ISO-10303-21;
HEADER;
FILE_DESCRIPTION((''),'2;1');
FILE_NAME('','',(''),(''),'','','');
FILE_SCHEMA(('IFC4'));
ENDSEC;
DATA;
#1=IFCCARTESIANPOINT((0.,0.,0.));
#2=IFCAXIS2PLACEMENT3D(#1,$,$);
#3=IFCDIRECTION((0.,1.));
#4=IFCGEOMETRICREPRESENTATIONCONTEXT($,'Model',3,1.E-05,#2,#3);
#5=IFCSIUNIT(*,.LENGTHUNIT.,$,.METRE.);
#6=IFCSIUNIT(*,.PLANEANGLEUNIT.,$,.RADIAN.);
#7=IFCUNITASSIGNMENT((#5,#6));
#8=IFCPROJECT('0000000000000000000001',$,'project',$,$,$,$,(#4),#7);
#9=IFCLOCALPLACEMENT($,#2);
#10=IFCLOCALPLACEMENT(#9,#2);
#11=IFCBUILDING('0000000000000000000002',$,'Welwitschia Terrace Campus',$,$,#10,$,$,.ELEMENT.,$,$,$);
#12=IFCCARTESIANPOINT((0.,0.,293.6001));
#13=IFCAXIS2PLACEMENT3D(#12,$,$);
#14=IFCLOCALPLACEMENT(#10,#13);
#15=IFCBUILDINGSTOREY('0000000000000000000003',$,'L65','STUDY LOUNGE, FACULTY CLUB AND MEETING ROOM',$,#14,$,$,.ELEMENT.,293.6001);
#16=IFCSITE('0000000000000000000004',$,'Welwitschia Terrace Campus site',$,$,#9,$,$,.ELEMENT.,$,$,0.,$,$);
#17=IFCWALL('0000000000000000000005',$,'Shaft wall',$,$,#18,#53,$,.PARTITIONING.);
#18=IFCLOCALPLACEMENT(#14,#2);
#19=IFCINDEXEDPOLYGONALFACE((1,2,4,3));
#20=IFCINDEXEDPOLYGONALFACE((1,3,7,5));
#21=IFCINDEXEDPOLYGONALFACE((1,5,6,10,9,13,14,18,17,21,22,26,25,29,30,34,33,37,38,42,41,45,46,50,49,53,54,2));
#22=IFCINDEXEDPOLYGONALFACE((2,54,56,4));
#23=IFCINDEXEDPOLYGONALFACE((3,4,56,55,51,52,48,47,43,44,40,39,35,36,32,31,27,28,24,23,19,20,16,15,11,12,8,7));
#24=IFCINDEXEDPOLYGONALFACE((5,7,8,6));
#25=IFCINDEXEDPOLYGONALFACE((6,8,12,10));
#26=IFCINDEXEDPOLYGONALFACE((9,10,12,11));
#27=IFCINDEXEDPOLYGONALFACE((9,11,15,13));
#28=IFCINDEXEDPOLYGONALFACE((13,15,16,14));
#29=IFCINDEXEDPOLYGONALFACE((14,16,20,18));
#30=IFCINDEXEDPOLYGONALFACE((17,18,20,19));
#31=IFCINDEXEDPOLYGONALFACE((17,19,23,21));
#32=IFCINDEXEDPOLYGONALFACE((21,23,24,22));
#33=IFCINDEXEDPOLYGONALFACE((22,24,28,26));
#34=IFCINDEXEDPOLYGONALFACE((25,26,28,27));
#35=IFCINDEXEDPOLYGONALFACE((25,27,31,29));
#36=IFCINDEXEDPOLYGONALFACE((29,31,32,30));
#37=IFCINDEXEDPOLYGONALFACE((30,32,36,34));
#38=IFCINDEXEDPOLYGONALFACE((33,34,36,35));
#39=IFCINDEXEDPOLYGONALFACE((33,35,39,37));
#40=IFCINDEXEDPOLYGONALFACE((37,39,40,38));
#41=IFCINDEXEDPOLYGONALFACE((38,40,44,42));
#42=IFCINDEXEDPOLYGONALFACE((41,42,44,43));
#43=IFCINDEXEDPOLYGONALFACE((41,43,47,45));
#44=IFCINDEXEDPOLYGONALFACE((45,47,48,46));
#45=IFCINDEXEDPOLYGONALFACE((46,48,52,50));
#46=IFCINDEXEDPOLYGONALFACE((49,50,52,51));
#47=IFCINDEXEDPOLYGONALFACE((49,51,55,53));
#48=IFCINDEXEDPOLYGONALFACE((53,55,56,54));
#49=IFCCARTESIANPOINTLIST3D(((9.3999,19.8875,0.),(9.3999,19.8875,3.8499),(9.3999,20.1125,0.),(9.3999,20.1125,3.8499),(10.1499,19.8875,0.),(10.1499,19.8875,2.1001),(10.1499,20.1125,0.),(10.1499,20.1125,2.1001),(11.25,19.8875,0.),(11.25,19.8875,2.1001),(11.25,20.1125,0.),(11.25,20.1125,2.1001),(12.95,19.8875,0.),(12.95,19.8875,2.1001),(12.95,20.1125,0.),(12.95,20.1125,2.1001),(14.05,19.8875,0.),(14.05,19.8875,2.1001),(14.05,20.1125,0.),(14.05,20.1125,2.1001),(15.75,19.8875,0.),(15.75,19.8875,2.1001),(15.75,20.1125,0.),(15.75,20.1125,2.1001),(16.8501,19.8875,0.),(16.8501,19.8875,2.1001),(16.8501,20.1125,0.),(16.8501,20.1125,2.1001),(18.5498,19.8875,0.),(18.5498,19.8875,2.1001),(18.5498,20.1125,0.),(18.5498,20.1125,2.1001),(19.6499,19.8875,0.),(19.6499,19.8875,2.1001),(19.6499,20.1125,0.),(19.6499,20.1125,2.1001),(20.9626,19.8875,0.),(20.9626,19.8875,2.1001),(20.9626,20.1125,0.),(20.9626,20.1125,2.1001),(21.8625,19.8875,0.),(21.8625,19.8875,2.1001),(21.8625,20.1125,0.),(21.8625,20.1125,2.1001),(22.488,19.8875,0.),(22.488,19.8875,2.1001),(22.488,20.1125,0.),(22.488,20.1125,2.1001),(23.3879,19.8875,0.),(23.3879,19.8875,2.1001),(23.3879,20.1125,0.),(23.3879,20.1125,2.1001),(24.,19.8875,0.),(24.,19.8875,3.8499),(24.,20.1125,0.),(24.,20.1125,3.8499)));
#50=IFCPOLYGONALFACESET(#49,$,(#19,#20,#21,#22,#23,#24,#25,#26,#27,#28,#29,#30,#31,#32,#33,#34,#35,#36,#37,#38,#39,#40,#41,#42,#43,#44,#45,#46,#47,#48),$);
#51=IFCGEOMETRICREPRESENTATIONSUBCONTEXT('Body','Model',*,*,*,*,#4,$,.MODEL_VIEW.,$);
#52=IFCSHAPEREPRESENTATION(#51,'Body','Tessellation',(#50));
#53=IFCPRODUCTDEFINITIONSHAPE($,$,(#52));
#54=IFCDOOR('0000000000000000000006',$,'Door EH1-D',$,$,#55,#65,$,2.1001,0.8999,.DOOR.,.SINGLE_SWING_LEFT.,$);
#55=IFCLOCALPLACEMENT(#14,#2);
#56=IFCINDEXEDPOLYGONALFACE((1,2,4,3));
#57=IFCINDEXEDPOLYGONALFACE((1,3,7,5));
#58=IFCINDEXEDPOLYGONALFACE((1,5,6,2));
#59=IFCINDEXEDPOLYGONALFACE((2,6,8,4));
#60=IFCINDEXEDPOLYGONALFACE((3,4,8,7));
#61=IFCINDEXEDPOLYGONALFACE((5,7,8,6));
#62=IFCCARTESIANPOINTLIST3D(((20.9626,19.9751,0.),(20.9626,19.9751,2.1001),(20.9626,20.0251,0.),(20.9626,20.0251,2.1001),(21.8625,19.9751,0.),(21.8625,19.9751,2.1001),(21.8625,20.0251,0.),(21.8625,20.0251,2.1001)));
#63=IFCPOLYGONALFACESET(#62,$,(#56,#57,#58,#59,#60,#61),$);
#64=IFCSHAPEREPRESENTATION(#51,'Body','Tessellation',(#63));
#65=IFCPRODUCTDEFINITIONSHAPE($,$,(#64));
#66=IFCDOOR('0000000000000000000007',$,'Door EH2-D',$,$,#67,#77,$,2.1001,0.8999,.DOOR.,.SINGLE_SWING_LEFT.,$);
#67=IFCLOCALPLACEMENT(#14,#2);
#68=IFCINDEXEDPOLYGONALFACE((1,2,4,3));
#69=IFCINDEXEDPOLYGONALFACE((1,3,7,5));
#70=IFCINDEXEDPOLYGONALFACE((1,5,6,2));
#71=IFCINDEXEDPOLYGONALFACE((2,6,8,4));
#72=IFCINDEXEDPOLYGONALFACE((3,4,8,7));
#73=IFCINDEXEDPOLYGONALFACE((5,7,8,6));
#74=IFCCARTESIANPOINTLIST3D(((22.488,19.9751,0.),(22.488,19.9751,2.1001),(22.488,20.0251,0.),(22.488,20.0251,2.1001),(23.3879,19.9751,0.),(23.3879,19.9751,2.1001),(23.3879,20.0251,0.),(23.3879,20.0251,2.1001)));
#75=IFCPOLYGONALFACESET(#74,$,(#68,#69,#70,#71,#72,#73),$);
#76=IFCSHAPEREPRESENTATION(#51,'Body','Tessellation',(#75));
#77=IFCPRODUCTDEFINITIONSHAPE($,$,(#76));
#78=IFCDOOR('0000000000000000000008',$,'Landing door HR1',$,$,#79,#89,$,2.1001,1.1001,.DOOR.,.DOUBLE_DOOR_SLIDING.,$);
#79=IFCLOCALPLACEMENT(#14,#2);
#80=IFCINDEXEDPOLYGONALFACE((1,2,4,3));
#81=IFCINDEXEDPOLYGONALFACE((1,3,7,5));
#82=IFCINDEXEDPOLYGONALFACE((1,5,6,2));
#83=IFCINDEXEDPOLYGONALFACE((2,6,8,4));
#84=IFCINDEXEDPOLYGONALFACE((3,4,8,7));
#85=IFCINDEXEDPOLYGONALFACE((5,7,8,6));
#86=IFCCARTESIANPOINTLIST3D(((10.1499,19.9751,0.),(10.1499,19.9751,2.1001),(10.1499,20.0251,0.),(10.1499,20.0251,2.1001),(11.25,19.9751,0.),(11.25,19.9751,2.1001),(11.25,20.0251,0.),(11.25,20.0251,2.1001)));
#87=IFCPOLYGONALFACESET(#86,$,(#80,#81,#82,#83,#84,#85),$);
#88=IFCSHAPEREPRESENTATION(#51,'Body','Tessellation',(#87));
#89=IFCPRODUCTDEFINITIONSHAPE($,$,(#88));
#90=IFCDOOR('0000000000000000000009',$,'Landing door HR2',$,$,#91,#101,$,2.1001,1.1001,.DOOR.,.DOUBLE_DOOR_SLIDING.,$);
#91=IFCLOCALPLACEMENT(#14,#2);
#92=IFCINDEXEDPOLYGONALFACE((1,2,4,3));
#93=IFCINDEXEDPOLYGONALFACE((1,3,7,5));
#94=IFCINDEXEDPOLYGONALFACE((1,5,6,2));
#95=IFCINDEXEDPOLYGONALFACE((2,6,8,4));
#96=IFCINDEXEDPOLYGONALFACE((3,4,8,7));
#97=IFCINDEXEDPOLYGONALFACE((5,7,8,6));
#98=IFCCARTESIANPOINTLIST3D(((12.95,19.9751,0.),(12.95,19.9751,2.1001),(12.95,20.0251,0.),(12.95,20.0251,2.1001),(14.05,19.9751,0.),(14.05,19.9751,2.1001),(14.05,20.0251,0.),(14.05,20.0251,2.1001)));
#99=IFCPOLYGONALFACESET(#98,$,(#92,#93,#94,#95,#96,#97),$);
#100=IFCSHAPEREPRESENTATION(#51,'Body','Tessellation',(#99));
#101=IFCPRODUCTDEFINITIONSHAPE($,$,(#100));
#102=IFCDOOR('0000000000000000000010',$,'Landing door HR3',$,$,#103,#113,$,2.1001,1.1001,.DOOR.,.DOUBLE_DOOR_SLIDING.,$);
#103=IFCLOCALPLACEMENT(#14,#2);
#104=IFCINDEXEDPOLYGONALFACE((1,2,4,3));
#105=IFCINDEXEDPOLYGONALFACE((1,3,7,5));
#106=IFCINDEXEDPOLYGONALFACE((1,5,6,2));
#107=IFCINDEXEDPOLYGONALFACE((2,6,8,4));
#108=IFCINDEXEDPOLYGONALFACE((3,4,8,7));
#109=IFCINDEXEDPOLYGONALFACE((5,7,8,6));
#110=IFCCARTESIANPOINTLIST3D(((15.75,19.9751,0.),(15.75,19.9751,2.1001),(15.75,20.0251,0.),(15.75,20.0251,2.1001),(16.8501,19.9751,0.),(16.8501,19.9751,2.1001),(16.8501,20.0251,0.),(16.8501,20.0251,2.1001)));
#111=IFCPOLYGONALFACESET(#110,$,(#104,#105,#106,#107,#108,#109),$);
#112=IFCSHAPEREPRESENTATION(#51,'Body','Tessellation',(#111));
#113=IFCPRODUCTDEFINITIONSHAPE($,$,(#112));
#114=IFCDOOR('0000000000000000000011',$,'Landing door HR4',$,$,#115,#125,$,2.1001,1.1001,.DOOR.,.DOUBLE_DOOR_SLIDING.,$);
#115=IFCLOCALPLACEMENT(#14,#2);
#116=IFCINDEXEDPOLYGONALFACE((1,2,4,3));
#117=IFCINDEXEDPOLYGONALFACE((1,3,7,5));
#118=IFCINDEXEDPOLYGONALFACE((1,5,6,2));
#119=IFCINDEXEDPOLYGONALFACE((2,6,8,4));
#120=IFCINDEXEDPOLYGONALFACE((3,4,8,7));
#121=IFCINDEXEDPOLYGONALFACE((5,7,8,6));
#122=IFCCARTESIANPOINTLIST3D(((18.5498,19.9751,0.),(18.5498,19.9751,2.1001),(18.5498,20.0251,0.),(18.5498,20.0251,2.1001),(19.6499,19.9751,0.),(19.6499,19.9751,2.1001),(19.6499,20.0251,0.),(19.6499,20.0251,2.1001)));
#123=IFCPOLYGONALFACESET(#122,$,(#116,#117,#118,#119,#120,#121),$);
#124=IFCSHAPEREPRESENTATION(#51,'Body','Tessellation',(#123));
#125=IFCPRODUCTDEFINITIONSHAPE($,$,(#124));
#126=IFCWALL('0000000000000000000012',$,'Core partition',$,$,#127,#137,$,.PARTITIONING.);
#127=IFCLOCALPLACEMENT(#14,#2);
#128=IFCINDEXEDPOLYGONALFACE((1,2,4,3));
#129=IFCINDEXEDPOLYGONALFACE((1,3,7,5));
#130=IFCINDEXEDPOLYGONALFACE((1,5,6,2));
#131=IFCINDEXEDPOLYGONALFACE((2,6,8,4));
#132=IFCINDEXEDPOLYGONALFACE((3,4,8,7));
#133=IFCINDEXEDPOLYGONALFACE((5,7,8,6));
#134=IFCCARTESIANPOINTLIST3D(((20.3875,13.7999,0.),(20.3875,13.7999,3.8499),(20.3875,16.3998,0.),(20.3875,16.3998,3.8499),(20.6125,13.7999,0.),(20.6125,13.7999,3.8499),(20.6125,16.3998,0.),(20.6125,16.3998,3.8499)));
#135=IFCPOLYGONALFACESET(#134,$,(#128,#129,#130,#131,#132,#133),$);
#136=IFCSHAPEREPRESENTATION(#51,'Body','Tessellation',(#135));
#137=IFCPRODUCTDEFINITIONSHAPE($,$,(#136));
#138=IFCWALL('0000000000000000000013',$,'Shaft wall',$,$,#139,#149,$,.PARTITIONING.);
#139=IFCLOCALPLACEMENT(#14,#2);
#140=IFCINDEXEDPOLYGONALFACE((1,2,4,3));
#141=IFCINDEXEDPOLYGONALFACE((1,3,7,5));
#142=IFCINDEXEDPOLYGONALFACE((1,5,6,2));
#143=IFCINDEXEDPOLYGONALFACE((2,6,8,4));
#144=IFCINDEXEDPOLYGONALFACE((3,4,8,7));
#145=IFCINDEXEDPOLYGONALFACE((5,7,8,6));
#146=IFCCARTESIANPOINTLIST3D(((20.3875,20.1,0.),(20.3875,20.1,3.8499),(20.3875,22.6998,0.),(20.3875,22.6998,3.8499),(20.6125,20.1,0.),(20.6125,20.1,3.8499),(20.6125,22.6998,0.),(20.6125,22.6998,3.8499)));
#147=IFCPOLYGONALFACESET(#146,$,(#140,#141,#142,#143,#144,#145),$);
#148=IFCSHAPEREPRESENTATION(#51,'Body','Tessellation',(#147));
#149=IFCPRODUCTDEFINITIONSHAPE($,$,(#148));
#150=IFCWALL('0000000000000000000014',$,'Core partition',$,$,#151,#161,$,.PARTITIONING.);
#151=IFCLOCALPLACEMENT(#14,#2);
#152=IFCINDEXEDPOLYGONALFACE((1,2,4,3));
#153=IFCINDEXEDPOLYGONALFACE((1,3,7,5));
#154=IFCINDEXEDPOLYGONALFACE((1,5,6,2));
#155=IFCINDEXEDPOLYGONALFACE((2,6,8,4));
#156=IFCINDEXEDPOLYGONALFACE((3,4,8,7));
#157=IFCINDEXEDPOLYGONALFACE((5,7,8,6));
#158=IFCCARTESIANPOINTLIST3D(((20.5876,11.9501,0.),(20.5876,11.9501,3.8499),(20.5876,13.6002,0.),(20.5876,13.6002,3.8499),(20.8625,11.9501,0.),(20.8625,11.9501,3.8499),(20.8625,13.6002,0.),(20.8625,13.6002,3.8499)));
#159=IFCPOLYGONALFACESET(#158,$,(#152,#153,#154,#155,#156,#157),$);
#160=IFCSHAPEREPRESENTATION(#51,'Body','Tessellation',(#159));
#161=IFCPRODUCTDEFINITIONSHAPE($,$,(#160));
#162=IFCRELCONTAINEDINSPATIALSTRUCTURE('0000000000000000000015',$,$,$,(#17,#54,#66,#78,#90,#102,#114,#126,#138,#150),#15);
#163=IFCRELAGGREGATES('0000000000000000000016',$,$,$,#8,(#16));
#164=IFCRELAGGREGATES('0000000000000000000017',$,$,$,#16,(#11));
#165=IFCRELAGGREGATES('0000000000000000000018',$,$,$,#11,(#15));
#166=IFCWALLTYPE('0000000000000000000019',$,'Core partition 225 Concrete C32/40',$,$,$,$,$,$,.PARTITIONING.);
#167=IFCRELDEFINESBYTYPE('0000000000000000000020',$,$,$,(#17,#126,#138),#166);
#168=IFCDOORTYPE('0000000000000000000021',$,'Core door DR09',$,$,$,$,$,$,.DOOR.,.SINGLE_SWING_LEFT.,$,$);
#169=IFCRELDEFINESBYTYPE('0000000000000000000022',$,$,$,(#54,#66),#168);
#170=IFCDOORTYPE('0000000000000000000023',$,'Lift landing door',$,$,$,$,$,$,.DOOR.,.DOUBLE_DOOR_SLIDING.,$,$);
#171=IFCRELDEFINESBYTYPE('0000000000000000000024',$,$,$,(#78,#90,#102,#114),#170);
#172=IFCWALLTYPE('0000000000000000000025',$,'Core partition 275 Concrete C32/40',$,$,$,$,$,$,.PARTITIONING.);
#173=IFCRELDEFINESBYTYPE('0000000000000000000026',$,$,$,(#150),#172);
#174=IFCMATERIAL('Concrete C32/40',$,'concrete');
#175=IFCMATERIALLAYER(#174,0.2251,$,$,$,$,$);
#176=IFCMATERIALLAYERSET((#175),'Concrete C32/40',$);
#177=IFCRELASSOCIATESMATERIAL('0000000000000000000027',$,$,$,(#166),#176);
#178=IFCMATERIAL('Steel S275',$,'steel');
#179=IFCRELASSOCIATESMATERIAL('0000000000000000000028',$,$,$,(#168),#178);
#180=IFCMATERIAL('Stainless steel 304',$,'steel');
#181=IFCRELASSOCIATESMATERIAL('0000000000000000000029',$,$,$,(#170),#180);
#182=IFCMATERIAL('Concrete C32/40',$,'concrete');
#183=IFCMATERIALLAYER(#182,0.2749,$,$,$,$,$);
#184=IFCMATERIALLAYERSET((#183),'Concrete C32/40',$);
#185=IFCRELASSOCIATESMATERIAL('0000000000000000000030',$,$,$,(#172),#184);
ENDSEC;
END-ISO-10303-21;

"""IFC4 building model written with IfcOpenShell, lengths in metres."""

from ifc_helpers import new_model, si_unit, direction, frame, frame_2d, origin, place, context, subcontext, project, spatial, rectangle, extrude, material, layer, layer_set, type_object, element, fill, save


model = new_model("IFC4")

# Units and contexts
model_context = context("Model", 3, precision=1e-05, world=origin(), true_north=direction((0.0, 1.0)))
body_context = subcontext(model_context, "Body", "Model", "MODEL_VIEW")
ifc_project = project(units=[si_unit("LENGTHUNIT", "METRE"), si_unit("PLANEANGLEUNIT", "RADIAN")], contexts=[model_context])

# Site, building, storey
site_placement = place(None, origin())
site = spatial("IfcSite", under=ifc_project, at=site_placement, Name="Welwitschia Terrace Campus site", CompositionType="ELEMENT", RefElevation=0.0)
building_placement = place(site_placement, origin())
building = spatial("IfcBuilding", under=site, at=building_placement, Name="Welwitschia Terrace Campus", CompositionType="ELEMENT")
storey_placement = place(building_placement, frame((0.0, 0.0, 293.6001)))
storey = spatial("IfcBuildingStorey", under=building, at=storey_placement, Name="L65", Description="STUDY LOUNGE, FACULTY CLUB AND MEETING ROOM", CompositionType="ELEMENT", Elevation=293.6001)

# Shared definitions
ifc_material_1 = material(Name="Concrete C32/40", Category="concrete")
ifc_layer_1 = layer(ifc_material_1, 0.2251)
ifc_layer_set_1 = layer_set([ifc_layer_1], Name="Concrete C32/40")
wall_type_1 = type_object("IfcWallType", Name="Core partition 225 Concrete C32/40", PredefinedType="PARTITIONING", material=ifc_layer_set_1)

# Wall, openings, doors
wall_1_placement = place(storey_placement, frame((24.0, 20.0, 0.0), z_axis=(0.0, 0.0, 1.0), x_axis=(-1.0, 0.0, 0.0)))
wall_1 = element("IfcWall", 1, at=wall_1_placement, inside=storey, type_object=wall_type_1, Name="Shaft wall", PredefinedType="PARTITIONING", context=body_context, shape_type="SweptSolid", body=[
    extrude(rectangle(XDim=14.6001, YDim=0.2251, at=frame_2d((7.3, 0.0))), origin(), (0.0, 0.0, 1.0), 3.8499),
])
opening_1_placement = place(wall_1_placement, frame((12.75, 0.0, 0.0)))
opening_1 = element("IfcOpeningElement", 2, at=opening_1_placement, cuts=wall_1, PredefinedType="OPENING", context=body_context, shape_type="SweptSolid", body=[
    extrude(rectangle(XDim=1.1001, YDim=2.1001, at=frame_2d((0.55, 1.05))), frame((0.0, 0.1226, 0.0), z_axis=(0.0, -1.0, 0.0), x_axis=(1.0, 0.0, 0.0)), (0.0, 0.0, 1.0), 0.2451),
])
opening_2_placement = place(wall_1_placement, frame((9.95, 0.0, 0.0)))
opening_2 = element("IfcOpeningElement", 3, at=opening_2_placement, cuts=wall_1, PredefinedType="OPENING", context=body_context, shape_type="SweptSolid", body=[
    extrude(rectangle(XDim=1.1001, YDim=2.1001, at=frame_2d((0.55, 1.05))), frame((0.0, 0.1226, 0.0), z_axis=(0.0, -1.0, 0.0), x_axis=(1.0, 0.0, 0.0)), (0.0, 0.0, 1.0), 0.2451),
])
opening_3_placement = place(wall_1_placement, frame((7.1499, 0.0, 0.0)))
opening_3 = element("IfcOpeningElement", 4, at=opening_3_placement, cuts=wall_1, PredefinedType="OPENING", context=body_context, shape_type="SweptSolid", body=[
    extrude(rectangle(XDim=1.1001, YDim=2.1001, at=frame_2d((0.55, 1.05))), frame((0.0, 0.1226, 0.0), z_axis=(0.0, -1.0, 0.0), x_axis=(1.0, 0.0, 0.0)), (0.0, 0.0, 1.0), 0.2451),
])
opening_4_placement = place(wall_1_placement, frame((4.3501, 0.0, 0.0)))
opening_4 = element("IfcOpeningElement", 5, at=opening_4_placement, cuts=wall_1, PredefinedType="OPENING", context=body_context, shape_type="SweptSolid", body=[
    extrude(rectangle(XDim=1.1001, YDim=2.1001, at=frame_2d((0.55, 1.05))), frame((0.0, 0.1226, 0.0), z_axis=(0.0, -1.0, 0.0), x_axis=(1.0, 0.0, 0.0)), (0.0, 0.0, 1.0), 0.2451),
])
opening_5_placement = place(wall_1_placement, frame((2.1375, 0.0, 0.0)))
opening_5 = element("IfcOpeningElement", 6, at=opening_5_placement, cuts=wall_1, PredefinedType="OPENING", context=body_context, shape_type="SweptSolid", body=[
    extrude(rectangle(XDim=0.8999, YDim=2.1001, at=frame_2d((0.45, 1.05))), frame((0.0, 0.1226, 0.0), z_axis=(0.0, -1.0, 0.0), x_axis=(1.0, 0.0, 0.0)), (0.0, 0.0, 1.0), 0.2451),
])
opening_6_placement = place(wall_1_placement, frame((0.6121, 0.0, 0.0)))
opening_6 = element("IfcOpeningElement", 7, at=opening_6_placement, cuts=wall_1, PredefinedType="OPENING", context=body_context, shape_type="SweptSolid", body=[
    extrude(rectangle(XDim=0.8999, YDim=2.1001, at=frame_2d((0.45, 1.05))), frame((0.0, 0.1226, 0.0), z_axis=(0.0, -1.0, 0.0), x_axis=(1.0, 0.0, 0.0)), (0.0, 0.0, 1.0), 0.2451),
])
ifc_material_2 = material(Name="Steel S275", Category="steel")
door_type_1 = type_object("IfcDoorType", Name="Core door DR09", OperationType="SINGLE_SWING_LEFT", PredefinedType="DOOR", material=ifc_material_2)
door_1_placement = place(opening_5_placement, origin())
door_1 = element("IfcDoor", 8, at=door_1_placement, inside=storey, type_object=door_type_1, Name="Door EH1-D", OperationType="SINGLE_SWING_LEFT", OverallHeight=2.1001, OverallWidth=0.8999, PredefinedType="DOOR", context=body_context, shape_type="SweptSolid", body=[
    extrude(rectangle(XDim=0.8999, YDim=2.1001, at=frame_2d((0.45, 1.05))), frame((0.0, 0.0249, 0.0), z_axis=(0.0, -1.0, 0.0), x_axis=(1.0, 0.0, 0.0)), (0.0, 0.0, 1.0), 0.05),
])
fill(opening_5, door_1)
door_2_placement = place(opening_6_placement, origin())
door_2 = element("IfcDoor", 9, at=door_2_placement, inside=storey, type_object=door_type_1, Name="Door EH2-D", OperationType="SINGLE_SWING_LEFT", OverallHeight=2.1001, OverallWidth=0.8999, PredefinedType="DOOR", context=body_context, shape_type="SweptSolid", body=[
    extrude(rectangle(XDim=0.8999, YDim=2.1001, at=frame_2d((0.45, 1.05))), frame((0.0, 0.0249, 0.0), z_axis=(0.0, -1.0, 0.0), x_axis=(1.0, 0.0, 0.0)), (0.0, 0.0, 1.0), 0.05),
])
fill(opening_6, door_2)
ifc_material_3 = material(Name="Stainless steel 304", Category="steel")
door_type_2 = type_object("IfcDoorType", Name="Lift landing door", OperationType="DOUBLE_DOOR_SLIDING", PredefinedType="DOOR", material=ifc_material_3)
door_3_placement = place(opening_1_placement, origin())
door_3 = element("IfcDoor", 10, at=door_3_placement, inside=storey, type_object=door_type_2, Name="Landing door HR1", OperationType="DOUBLE_DOOR_SLIDING", OverallHeight=2.1001, OverallWidth=1.1001, PredefinedType="DOOR", context=body_context, shape_type="SweptSolid", body=[
    extrude(rectangle(XDim=1.1001, YDim=2.1001, at=frame_2d((0.55, 1.05))), frame((0.0, 0.0249, 0.0), z_axis=(0.0, -1.0, 0.0), x_axis=(1.0, 0.0, 0.0)), (0.0, 0.0, 1.0), 0.05),
])
fill(opening_1, door_3)
door_4_placement = place(opening_2_placement, origin())
door_4 = element("IfcDoor", 11, at=door_4_placement, inside=storey, type_object=door_type_2, Name="Landing door HR2", OperationType="DOUBLE_DOOR_SLIDING", OverallHeight=2.1001, OverallWidth=1.1001, PredefinedType="DOOR", context=body_context, shape_type="SweptSolid", body=[
    extrude(rectangle(XDim=1.1001, YDim=2.1001, at=frame_2d((0.55, 1.05))), frame((0.0, 0.0249, 0.0), z_axis=(0.0, -1.0, 0.0), x_axis=(1.0, 0.0, 0.0)), (0.0, 0.0, 1.0), 0.05),
])
fill(opening_2, door_4)
door_5_placement = place(opening_3_placement, origin())
door_5 = element("IfcDoor", 12, at=door_5_placement, inside=storey, type_object=door_type_2, Name="Landing door HR3", OperationType="DOUBLE_DOOR_SLIDING", OverallHeight=2.1001, OverallWidth=1.1001, PredefinedType="DOOR", context=body_context, shape_type="SweptSolid", body=[
    extrude(rectangle(XDim=1.1001, YDim=2.1001, at=frame_2d((0.55, 1.05))), frame((0.0, 0.0249, 0.0), z_axis=(0.0, -1.0, 0.0), x_axis=(1.0, 0.0, 0.0)), (0.0, 0.0, 1.0), 0.05),
])
fill(opening_3, door_5)
door_6_placement = place(opening_4_placement, origin())
door_6 = element("IfcDoor", 13, at=door_6_placement, inside=storey, type_object=door_type_2, Name="Landing door HR4", OperationType="DOUBLE_DOOR_SLIDING", OverallHeight=2.1001, OverallWidth=1.1001, PredefinedType="DOOR", context=body_context, shape_type="SweptSolid", body=[
    extrude(rectangle(XDim=1.1001, YDim=2.1001, at=frame_2d((0.55, 1.05))), frame((0.0, 0.0249, 0.0), z_axis=(0.0, -1.0, 0.0), x_axis=(1.0, 0.0, 0.0)), (0.0, 0.0, 1.0), 0.05),
])
fill(opening_4, door_6)

# Walls
for number, where, z_axis, x_axis, name in (
    (14, (20.5, 13.8, 0.0), (0.0, 0.0, 1.0), (0.0, 1.0, 0.0), "Core partition"),
    (15, (20.5, 20.1001, 0.0), (0.0, 0.0, 1.0), (0.0, 1.0, 0.0), "Shaft wall"),
):
    element("IfcWall", number, at=place(storey_placement, frame(where, z_axis=z_axis, x_axis=x_axis)), inside=storey, type_object=wall_type_1, Name=name, PredefinedType="PARTITIONING", context=body_context, shape_type="SweptSolid", body=[
        extrude(rectangle(XDim=2.5999, YDim=0.2251, at=frame_2d((1.2998, 0.0))), origin(), (0.0, 0.0, 1.0), 3.8499),
    ])
ifc_material_4 = material(Name="Concrete C32/40", Category="concrete")
ifc_layer_2 = layer(ifc_material_4, 0.2749)
ifc_layer_set_2 = layer_set([ifc_layer_2], Name="Concrete C32/40")
wall_type_2 = type_object("IfcWallType", Name="Core partition 275 Concrete C32/40", PredefinedType="PARTITIONING", material=ifc_layer_set_2)
wall_2_placement = place(storey_placement, frame((20.7251, 11.95, 0.0), z_axis=(0.0, 0.0, 1.0), x_axis=(0.0, 1.0, 0.0)))
element("IfcWall", 16, at=wall_2_placement, inside=storey, type_object=wall_type_2, Name="Core partition", PredefinedType="PARTITIONING", context=body_context, shape_type="SweptSolid", body=[
    extrude(rectangle(XDim=1.6501, YDim=0.2749, at=frame_2d((0.8252, 0.0))), origin(), (0.0, 0.0, 1.0), 3.8499),
])

save(model, "model.ifc")
